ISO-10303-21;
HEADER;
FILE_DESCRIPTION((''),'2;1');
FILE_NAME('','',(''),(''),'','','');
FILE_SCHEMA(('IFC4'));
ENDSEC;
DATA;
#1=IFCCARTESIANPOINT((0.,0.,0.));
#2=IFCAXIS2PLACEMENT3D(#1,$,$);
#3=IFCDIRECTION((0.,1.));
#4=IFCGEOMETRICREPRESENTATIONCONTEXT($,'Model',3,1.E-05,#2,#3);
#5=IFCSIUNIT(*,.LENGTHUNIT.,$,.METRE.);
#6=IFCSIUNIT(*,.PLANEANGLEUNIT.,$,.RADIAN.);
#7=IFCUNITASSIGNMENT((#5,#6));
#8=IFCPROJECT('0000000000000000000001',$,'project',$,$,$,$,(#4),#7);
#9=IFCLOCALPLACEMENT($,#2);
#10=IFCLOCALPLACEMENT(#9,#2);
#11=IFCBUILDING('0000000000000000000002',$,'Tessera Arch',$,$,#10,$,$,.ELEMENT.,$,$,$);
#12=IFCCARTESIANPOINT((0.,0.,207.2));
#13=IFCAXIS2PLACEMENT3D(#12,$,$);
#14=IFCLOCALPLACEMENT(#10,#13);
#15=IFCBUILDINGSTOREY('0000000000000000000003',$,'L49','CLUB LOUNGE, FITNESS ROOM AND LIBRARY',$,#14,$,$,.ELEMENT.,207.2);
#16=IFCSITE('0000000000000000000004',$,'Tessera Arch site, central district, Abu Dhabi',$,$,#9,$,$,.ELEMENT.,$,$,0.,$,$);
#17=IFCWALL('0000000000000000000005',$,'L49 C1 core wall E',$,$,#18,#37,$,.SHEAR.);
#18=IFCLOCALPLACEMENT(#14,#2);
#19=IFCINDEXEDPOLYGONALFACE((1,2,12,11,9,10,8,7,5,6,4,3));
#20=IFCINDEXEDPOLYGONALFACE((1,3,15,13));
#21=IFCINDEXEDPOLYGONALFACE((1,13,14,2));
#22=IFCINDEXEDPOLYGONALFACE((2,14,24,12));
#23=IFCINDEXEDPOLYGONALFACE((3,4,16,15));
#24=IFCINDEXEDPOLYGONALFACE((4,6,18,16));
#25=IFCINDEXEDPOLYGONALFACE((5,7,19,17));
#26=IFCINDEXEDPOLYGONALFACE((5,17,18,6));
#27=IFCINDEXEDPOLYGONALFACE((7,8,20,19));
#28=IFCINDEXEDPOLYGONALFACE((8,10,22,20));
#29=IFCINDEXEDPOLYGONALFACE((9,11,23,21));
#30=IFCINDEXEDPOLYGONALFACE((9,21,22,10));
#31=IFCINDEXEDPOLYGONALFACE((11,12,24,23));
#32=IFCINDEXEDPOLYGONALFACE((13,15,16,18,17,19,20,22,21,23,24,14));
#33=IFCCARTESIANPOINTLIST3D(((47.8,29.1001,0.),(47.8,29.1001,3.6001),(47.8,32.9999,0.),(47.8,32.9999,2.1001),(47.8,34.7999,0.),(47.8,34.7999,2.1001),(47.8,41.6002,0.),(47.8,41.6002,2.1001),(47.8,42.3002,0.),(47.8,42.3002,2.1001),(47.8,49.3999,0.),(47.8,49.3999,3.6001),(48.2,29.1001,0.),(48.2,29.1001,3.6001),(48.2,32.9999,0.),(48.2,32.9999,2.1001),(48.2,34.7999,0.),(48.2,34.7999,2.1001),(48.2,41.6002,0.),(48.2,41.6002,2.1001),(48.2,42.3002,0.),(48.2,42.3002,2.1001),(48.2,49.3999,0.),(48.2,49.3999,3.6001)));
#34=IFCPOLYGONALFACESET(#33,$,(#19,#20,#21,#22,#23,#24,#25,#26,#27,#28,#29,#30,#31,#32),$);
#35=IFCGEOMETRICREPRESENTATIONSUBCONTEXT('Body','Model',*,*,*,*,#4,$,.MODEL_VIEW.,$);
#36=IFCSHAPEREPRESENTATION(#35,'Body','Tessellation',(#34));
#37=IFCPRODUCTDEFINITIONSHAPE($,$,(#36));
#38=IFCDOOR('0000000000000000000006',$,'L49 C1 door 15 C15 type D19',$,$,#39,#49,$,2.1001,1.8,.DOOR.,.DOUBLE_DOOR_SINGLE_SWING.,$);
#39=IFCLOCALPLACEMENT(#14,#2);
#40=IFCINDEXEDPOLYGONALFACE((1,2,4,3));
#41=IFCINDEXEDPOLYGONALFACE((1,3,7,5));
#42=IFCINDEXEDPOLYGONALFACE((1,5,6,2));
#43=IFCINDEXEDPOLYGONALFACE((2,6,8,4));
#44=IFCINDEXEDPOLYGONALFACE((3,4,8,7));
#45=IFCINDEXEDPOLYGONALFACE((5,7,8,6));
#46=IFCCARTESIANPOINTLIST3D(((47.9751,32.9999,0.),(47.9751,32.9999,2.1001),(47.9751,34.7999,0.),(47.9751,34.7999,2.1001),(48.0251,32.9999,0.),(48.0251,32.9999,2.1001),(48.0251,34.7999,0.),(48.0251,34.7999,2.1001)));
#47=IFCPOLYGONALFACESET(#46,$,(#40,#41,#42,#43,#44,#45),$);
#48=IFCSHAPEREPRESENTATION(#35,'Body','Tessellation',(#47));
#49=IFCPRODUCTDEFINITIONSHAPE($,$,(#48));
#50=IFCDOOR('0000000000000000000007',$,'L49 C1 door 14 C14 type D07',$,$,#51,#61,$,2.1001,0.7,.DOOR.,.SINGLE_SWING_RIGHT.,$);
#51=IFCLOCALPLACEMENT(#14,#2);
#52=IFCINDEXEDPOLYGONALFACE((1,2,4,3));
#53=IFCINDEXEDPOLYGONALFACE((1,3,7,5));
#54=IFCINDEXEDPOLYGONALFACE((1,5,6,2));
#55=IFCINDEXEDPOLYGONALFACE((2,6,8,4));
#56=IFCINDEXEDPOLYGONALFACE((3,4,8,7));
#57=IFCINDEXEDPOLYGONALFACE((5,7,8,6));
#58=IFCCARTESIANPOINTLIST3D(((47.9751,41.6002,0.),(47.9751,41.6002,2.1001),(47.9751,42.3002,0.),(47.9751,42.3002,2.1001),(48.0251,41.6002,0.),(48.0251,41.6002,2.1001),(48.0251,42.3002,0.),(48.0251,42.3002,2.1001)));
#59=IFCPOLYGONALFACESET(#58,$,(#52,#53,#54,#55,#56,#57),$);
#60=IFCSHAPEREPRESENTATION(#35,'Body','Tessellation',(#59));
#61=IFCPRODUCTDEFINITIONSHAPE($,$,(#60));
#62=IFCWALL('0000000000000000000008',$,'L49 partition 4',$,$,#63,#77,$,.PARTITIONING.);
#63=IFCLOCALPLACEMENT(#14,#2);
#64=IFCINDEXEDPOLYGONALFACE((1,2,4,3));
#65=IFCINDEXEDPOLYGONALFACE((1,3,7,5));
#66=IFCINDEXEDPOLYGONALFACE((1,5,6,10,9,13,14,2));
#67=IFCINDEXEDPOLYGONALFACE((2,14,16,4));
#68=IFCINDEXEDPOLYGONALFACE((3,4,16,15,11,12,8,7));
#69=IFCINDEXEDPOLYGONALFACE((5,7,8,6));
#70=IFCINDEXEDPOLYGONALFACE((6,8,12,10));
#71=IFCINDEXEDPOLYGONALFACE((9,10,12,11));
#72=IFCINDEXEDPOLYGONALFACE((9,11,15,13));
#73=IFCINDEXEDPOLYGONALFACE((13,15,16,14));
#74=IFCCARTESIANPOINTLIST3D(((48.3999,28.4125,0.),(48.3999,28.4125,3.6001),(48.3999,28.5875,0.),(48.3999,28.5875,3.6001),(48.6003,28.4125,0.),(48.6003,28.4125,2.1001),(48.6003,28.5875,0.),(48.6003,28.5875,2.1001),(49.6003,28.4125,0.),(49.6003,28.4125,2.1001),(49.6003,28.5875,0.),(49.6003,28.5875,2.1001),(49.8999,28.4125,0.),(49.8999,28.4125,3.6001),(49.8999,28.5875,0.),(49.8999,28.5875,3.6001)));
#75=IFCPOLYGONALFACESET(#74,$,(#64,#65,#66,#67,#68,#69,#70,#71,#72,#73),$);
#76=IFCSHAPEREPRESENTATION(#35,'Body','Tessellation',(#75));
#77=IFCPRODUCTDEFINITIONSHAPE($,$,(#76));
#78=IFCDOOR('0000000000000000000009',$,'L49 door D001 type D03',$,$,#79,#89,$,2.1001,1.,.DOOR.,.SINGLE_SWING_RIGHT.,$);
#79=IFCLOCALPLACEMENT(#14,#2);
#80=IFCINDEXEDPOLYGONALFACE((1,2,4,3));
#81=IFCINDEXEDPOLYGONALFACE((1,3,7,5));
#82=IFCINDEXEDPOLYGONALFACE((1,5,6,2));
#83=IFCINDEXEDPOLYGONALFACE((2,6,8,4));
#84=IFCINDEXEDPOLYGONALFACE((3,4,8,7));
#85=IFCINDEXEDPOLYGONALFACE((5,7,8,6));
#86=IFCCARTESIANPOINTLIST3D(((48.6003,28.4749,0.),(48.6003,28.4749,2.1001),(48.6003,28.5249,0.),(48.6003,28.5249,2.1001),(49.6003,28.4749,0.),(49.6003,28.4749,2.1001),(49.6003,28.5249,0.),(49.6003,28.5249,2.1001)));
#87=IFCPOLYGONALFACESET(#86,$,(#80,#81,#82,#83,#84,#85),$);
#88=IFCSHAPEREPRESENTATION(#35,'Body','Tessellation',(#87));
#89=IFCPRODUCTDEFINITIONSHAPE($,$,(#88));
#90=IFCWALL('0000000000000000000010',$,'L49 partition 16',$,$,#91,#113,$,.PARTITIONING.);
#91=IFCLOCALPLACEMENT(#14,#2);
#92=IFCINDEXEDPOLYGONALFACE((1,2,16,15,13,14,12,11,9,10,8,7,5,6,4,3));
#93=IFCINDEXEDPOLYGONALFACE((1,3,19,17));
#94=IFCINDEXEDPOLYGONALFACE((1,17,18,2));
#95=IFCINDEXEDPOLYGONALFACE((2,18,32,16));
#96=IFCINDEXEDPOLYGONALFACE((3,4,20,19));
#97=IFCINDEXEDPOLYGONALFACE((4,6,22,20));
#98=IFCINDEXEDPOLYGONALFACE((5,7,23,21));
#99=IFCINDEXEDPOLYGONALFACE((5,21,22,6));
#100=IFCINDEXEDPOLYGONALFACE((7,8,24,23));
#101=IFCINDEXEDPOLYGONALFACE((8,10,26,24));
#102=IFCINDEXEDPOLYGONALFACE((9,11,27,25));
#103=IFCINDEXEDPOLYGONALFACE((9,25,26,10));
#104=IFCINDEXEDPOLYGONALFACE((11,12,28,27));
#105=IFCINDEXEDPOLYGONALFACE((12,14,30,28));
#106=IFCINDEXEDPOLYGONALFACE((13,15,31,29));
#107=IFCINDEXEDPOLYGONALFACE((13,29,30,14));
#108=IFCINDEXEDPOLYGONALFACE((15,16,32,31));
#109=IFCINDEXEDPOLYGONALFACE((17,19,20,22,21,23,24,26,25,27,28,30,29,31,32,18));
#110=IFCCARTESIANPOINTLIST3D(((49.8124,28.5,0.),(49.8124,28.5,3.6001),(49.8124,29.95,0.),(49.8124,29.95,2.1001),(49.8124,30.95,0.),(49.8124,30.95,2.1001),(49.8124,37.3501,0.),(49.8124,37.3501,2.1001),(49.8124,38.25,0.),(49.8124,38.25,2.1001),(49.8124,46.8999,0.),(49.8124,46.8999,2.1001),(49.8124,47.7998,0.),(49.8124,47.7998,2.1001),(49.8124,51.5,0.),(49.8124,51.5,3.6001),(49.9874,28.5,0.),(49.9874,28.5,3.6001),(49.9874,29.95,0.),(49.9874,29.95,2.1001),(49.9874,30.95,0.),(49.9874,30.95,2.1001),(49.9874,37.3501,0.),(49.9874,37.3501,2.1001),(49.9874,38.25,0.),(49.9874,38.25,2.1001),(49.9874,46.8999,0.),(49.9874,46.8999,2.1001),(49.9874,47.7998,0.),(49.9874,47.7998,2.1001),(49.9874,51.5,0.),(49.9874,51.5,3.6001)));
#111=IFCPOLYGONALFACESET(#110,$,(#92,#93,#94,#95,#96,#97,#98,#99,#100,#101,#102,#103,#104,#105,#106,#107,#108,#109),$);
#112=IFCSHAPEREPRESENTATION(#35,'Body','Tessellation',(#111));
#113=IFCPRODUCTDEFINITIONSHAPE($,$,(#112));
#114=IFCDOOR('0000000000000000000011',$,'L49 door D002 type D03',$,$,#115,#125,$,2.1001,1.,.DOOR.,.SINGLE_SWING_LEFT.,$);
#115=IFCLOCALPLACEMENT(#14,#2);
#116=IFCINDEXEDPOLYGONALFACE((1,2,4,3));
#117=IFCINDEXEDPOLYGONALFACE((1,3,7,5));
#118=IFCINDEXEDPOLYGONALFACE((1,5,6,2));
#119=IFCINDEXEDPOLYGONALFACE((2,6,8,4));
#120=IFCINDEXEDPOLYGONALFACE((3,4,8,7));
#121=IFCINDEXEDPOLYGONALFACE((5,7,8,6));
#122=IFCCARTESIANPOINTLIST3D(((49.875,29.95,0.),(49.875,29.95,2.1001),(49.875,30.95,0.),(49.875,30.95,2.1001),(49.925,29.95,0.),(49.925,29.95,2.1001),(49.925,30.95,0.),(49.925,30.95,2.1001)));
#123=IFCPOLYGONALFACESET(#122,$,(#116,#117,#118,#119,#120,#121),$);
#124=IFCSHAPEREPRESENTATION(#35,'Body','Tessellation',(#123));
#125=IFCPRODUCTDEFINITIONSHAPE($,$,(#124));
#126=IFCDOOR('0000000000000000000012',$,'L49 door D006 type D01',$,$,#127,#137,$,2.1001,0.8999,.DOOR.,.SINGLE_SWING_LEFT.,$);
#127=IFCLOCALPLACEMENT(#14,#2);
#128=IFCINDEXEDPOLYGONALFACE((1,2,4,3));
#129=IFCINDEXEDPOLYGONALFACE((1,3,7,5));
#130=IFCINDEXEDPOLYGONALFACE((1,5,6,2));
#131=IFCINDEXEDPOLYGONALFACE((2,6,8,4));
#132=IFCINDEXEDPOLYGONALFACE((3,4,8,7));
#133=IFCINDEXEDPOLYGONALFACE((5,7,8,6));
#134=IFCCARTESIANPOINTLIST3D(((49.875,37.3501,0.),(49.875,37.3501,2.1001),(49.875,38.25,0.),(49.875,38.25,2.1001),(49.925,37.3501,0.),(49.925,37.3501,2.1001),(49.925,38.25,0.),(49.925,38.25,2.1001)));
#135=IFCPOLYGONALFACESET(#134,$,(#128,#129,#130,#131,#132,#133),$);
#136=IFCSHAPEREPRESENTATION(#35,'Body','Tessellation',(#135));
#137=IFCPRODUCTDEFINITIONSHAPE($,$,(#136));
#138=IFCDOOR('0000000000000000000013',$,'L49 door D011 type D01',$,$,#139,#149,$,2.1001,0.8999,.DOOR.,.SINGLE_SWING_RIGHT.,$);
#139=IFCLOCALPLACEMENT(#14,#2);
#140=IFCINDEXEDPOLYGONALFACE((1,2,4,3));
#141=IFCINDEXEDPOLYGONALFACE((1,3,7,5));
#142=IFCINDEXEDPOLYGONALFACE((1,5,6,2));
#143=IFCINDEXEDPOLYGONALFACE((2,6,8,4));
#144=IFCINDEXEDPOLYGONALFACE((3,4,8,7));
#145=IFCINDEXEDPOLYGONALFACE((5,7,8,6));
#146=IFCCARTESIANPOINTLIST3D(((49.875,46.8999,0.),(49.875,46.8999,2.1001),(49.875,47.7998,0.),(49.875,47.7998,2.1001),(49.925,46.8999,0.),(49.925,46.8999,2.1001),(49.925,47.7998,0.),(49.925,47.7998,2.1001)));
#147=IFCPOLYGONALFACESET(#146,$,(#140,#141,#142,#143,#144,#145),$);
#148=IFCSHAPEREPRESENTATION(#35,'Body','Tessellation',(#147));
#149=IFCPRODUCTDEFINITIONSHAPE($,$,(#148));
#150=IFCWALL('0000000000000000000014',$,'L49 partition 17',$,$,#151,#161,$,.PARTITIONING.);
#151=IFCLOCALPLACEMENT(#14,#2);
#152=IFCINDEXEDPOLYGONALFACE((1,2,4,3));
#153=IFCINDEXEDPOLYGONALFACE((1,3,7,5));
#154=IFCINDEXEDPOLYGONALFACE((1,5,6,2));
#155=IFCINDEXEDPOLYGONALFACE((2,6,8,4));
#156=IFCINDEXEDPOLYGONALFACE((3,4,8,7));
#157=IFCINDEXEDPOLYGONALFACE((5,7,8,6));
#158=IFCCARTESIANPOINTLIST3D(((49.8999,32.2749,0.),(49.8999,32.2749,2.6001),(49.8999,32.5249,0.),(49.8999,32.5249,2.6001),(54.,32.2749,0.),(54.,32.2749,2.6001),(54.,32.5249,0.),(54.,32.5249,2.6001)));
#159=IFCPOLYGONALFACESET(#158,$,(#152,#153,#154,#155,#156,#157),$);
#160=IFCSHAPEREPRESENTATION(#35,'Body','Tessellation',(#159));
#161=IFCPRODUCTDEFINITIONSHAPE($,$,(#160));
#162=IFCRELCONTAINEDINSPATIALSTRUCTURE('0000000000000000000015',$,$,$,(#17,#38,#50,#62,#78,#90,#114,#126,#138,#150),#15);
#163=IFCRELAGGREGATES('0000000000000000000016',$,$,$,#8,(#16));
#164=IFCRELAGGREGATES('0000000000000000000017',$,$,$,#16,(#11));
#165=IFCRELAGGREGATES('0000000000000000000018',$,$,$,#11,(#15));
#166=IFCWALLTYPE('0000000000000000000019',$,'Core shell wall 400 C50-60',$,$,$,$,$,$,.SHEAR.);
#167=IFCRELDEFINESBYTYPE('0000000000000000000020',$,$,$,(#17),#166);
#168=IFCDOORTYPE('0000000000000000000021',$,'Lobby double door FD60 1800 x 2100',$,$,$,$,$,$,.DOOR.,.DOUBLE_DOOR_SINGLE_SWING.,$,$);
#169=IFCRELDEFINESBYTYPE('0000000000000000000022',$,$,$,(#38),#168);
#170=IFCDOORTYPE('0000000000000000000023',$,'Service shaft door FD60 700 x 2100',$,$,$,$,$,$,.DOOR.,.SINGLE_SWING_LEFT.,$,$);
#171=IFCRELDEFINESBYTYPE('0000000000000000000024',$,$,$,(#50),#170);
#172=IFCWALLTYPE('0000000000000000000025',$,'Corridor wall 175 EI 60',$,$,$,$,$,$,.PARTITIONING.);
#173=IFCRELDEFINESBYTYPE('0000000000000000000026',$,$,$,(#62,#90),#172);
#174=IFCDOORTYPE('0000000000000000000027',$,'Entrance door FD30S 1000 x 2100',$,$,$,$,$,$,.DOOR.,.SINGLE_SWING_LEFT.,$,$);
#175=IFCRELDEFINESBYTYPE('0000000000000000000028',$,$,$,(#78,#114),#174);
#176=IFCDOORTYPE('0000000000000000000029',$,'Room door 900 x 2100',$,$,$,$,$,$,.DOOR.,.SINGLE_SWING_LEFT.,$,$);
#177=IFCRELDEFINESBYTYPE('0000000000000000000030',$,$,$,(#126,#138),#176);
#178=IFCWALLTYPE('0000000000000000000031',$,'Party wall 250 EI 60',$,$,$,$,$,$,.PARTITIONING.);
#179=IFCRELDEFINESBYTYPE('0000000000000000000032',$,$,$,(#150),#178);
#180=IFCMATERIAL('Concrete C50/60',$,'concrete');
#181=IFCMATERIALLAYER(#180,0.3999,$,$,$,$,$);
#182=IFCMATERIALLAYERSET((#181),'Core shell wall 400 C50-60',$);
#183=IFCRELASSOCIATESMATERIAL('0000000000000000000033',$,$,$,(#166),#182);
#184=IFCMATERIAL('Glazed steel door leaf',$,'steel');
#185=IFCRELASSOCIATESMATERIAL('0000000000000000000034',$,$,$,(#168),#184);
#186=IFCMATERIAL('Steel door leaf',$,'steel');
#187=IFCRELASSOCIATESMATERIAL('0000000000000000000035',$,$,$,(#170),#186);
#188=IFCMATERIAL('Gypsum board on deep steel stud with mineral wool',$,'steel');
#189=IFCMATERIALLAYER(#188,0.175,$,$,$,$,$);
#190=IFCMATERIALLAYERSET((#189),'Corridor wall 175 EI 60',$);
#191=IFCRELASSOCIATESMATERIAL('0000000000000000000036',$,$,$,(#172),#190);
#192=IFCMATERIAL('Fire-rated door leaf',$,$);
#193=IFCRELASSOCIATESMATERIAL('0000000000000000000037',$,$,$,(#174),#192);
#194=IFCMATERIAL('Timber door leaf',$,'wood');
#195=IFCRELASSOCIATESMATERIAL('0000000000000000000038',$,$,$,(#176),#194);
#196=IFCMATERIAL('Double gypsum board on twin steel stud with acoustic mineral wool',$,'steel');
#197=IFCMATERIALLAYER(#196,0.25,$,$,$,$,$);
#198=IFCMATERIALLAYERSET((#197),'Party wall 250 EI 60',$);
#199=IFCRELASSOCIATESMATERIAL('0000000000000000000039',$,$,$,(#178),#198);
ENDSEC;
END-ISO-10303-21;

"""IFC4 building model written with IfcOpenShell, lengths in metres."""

from ifc_helpers import new_model, si_unit, direction, frame, frame_2d, origin, place, context, subcontext, project, spatial, rectangle, extrude, material, layer, layer_set, type_object, element, fill, save


model = new_model("IFC4")

# Units and contexts
model_context = context("Model", 3, precision=1e-05, world=origin(), true_north=direction((0.0, 1.0)))
body_context = subcontext(model_context, "Body", "Model", "MODEL_VIEW")
ifc_project = project(units=[si_unit("LENGTHUNIT", "METRE"), si_unit("PLANEANGLEUNIT", "RADIAN")], contexts=[model_context])

# Site, building, storey
site_placement = place(None, origin())
site = spatial("IfcSite", under=ifc_project, at=site_placement, Name="Tessera Arch site, central district, Abu Dhabi", CompositionType="ELEMENT", RefElevation=0.0)
building_placement = place(site_placement, origin())
building = spatial("IfcBuilding", under=site, at=building_placement, Name="Tessera Arch", CompositionType="ELEMENT")
storey_placement = place(building_placement, frame((0.0, 0.0, 207.2)))
storey = spatial("IfcBuildingStorey", under=building, at=storey_placement, Name="L49", Description="CLUB LOUNGE, FITNESS ROOM AND LIBRARY", CompositionType="ELEMENT", Elevation=207.2)

# Wall, openings, doors
ifc_material_1 = material(Name="Concrete C50/60", Category="concrete")
ifc_layer_1 = layer(ifc_material_1, 0.3999)
ifc_layer_set_1 = layer_set([ifc_layer_1], Name="Core shell wall 400 C50-60")
wall_type_1 = type_object("IfcWallType", Name="Core shell wall 400 C50-60", PredefinedType="SHEAR", material=ifc_layer_set_1)
wall_1_placement = place(storey_placement, frame((48.0, 29.1001, 0.0), z_axis=(0.0, 0.0, 1.0), x_axis=(0.0, 1.0, 0.0)))
wall_1 = element("IfcWall", 1, at=wall_1_placement, inside=storey, type_object=wall_type_1, Name="L49 C1 core wall E", PredefinedType="SHEAR", context=body_context, shape_type="SweptSolid", body=[
    extrude(rectangle(XDim=20.2998, YDim=0.3999, at=frame_2d((10.1499, 0.0))), origin(), (0.0, 0.0, 1.0), 3.6001),
])
opening_1_placement = place(wall_1_placement, frame((12.5, 0.0, 0.0)))
opening_1 = element("IfcOpeningElement", 2, at=opening_1_placement, cuts=wall_1, PredefinedType="OPENING", context=body_context, shape_type="SweptSolid", body=[
    extrude(rectangle(XDim=0.7, YDim=2.1001, at=frame_2d((0.3501, 1.05))), frame((0.0, 0.21, 0.0), z_axis=(0.0, -1.0, 0.0), x_axis=(1.0, 0.0, 0.0)), (0.0, 0.0, 1.0), 0.4199),
])
opening_2_placement = place(wall_1_placement, frame((3.8999, 0.0, 0.0)))
opening_2 = element("IfcOpeningElement", 3, at=opening_2_placement, cuts=wall_1, PredefinedType="OPENING", context=body_context, shape_type="SweptSolid", body=[
    extrude(rectangle(XDim=1.8, YDim=2.1001, at=frame_2d((0.8999, 1.05))), frame((0.0, 0.21, 0.0), z_axis=(0.0, -1.0, 0.0), x_axis=(1.0, 0.0, 0.0)), (0.0, 0.0, 1.0), 0.4199),
])
ifc_material_2 = material(Name="Glazed steel door leaf", Category="steel")
door_type_1 = type_object("IfcDoorType", Name="Lobby double door FD60 1800 x 2100", OperationType="DOUBLE_DOOR_SINGLE_SWING", PredefinedType="DOOR", material=ifc_material_2)
door_1_placement = place(opening_2_placement, origin())
door_1 = element("IfcDoor", 4, at=door_1_placement, inside=storey, type_object=door_type_1, Name="L49 C1 door 15 C15 type D19", OperationType="DOUBLE_DOOR_SINGLE_SWING", OverallHeight=2.1001, OverallWidth=1.8, PredefinedType="DOOR", context=body_context, shape_type="SweptSolid", body=[
    extrude(rectangle(XDim=1.8, YDim=2.1001, at=frame_2d((0.8999, 1.05))), frame((0.0, 0.0249, 0.0), z_axis=(0.0, -1.0, 0.0), x_axis=(1.0, 0.0, 0.0)), (0.0, 0.0, 1.0), 0.05),
])
fill(opening_2, door_1)
ifc_material_3 = material(Name="Steel door leaf", Category="steel")
door_type_2 = type_object("IfcDoorType", Name="Service shaft door FD60 700 x 2100", OperationType="SINGLE_SWING_LEFT", PredefinedType="DOOR", material=ifc_material_3)
door_2_placement = place(opening_1_placement, origin())
door_2 = element("IfcDoor", 5, at=door_2_placement, inside=storey, type_object=door_type_2, Name="L49 C1 door 14 C14 type D07", OperationType="SINGLE_SWING_RIGHT", OverallHeight=2.1001, OverallWidth=0.7, PredefinedType="DOOR", context=body_context, shape_type="SweptSolid", body=[
    extrude(rectangle(XDim=0.7, YDim=2.1001, at=frame_2d((0.3501, 1.05))), frame((0.0, 0.0249, 0.0), z_axis=(0.0, -1.0, 0.0), x_axis=(1.0, 0.0, 0.0)), (0.0, 0.0, 1.0), 0.05),
])
fill(opening_1, door_2)

# Wall, opening, door
ifc_material_4 = material(Name="Gypsum board on deep steel stud with mineral wool", Category="steel")
ifc_layer_2 = layer(ifc_material_4, 0.175)
ifc_layer_set_2 = layer_set([ifc_layer_2], Name="Corridor wall 175 EI 60")
wall_type_2 = type_object("IfcWallType", Name="Corridor wall 175 EI 60", PredefinedType="PARTITIONING", material=ifc_layer_set_2)
wall_2_placement = place(storey_placement, frame((48.3999, 28.5, 0.0), z_axis=(0.0, 0.0, 1.0), x_axis=(1.0, 0.0, 0.0)))
wall_2 = element("IfcWall", 6, at=wall_2_placement, inside=storey, type_object=wall_type_2, Name="L49 partition 4", PredefinedType="PARTITIONING", context=body_context, shape_type="SweptSolid", body=[
    extrude(rectangle(XDim=1.5, YDim=0.175, at=frame_2d((0.75, 0.0))), origin(), (0.0, 0.0, 1.0), 3.6001),
])
opening_3_placement = place(wall_2_placement, frame((0.2004, 0.0, 0.0)))
opening_3 = element("IfcOpeningElement", 7, at=opening_3_placement, cuts=wall_2, PredefinedType="OPENING", context=body_context, shape_type="SweptSolid", body=[
    extrude(rectangle(XDim=1.0, YDim=2.1001, at=frame_2d((0.5, 1.05))), frame((0.0, 0.0974, 0.0), z_axis=(0.0, -1.0, 0.0), x_axis=(1.0, 0.0, 0.0)), (0.0, 0.0, 1.0), 0.1951),
])
ifc_material_5 = material(Name="Fire-rated door leaf")
door_type_3 = type_object("IfcDoorType", Name="Entrance door FD30S 1000 x 2100", OperationType="SINGLE_SWING_LEFT", PredefinedType="DOOR", material=ifc_material_5)
door_3_placement = place(opening_3_placement, origin())
door_3 = element("IfcDoor", 8, at=door_3_placement, inside=storey, type_object=door_type_3, Name="L49 door D001 type D03", OperationType="SINGLE_SWING_RIGHT", OverallHeight=2.1001, OverallWidth=1.0, PredefinedType="DOOR", context=body_context, shape_type="SweptSolid", body=[
    extrude(rectangle(XDim=1.0, YDim=2.1001, at=frame_2d((0.5, 1.05))), frame((0.0, 0.0249, 0.0), z_axis=(0.0, -1.0, 0.0), x_axis=(1.0, 0.0, 0.0)), (0.0, 0.0, 1.0), 0.05),
])
fill(opening_3, door_3)

# Wall, openings, doors
wall_3_placement = place(storey_placement, frame((49.8999, 28.5, 0.0), z_axis=(0.0, 0.0, 1.0), x_axis=(0.0, 1.0, 0.0)))
wall_3 = element("IfcWall", 9, at=wall_3_placement, inside=storey, type_object=wall_type_2, Name="L49 partition 16", PredefinedType="PARTITIONING", context=body_context, shape_type="SweptSolid", body=[
    extrude(rectangle(XDim=23.0, YDim=0.175, at=frame_2d((11.5, 0.0))), origin(), (0.0, 0.0, 1.0), 3.6001),
])
opening_4_placement = place(wall_3_placement, frame((1.45, 0.0, 0.0)))
opening_4 = element("IfcOpeningElement", 10, at=opening_4_placement, cuts=wall_3, PredefinedType="OPENING", context=body_context, shape_type="SweptSolid", body=[
    extrude(rectangle(XDim=1.0, YDim=2.1001, at=frame_2d((0.5, 1.05))), frame((0.0, 0.0974, 0.0), z_axis=(0.0, -1.0, 0.0), x_axis=(1.0, 0.0, 0.0)), (0.0, 0.0, 1.0), 0.1951),
])
opening_5_placement = place(wall_3_placement, frame((8.8501, 0.0, 0.0)))
opening_5 = element("IfcOpeningElement", 11, at=opening_5_placement, cuts=wall_3, PredefinedType="OPENING", context=body_context, shape_type="SweptSolid", body=[
    extrude(rectangle(XDim=0.8999, YDim=2.1001, at=frame_2d((0.45, 1.05))), frame((0.0, 0.0974, 0.0), z_axis=(0.0, -1.0, 0.0), x_axis=(1.0, 0.0, 0.0)), (0.0, 0.0, 1.0), 0.1951),
])
opening_6_placement = place(wall_3_placement, frame((18.3999, 0.0, 0.0)))
opening_6 = element("IfcOpeningElement", 12, at=opening_6_placement, cuts=wall_3, PredefinedType="OPENING", context=body_context, shape_type="SweptSolid", body=[
    extrude(rectangle(XDim=0.8999, YDim=2.1001, at=frame_2d((0.45, 1.05))), frame((0.0, 0.0974, 0.0), z_axis=(0.0, -1.0, 0.0), x_axis=(1.0, 0.0, 0.0)), (0.0, 0.0, 1.0), 0.1951),
])
door_4_placement = place(opening_4_placement, origin())
door_4 = element("IfcDoor", 13, at=door_4_placement, inside=storey, type_object=door_type_3, Name="L49 door D002 type D03", OperationType="SINGLE_SWING_LEFT", OverallHeight=2.1001, OverallWidth=1.0, PredefinedType="DOOR", context=body_context, shape_type="SweptSolid", body=[
    extrude(rectangle(XDim=1.0, YDim=2.1001, at=frame_2d((0.5, 1.05))), frame((0.0, 0.0249, 0.0), z_axis=(0.0, -1.0, 0.0), x_axis=(1.0, 0.0, 0.0)), (0.0, 0.0, 1.0), 0.05),
])
fill(opening_4, door_4)
ifc_material_6 = material(Name="Timber door leaf", Category="wood")
door_type_4 = type_object("IfcDoorType", Name="Room door 900 x 2100", OperationType="SINGLE_SWING_LEFT", PredefinedType="DOOR", material=ifc_material_6)
door_5_placement = place(opening_5_placement, origin())
door_5 = element("IfcDoor", 14, at=door_5_placement, inside=storey, type_object=door_type_4, Name="L49 door D006 type D01", OperationType="SINGLE_SWING_LEFT", OverallHeight=2.1001, OverallWidth=0.8999, PredefinedType="DOOR", context=body_context, shape_type="SweptSolid", body=[
    extrude(rectangle(XDim=0.8999, YDim=2.1001, at=frame_2d((0.45, 1.05))), frame((0.0, 0.0249, 0.0), z_axis=(0.0, -1.0, 0.0), x_axis=(1.0, 0.0, 0.0)), (0.0, 0.0, 1.0), 0.05),
])
fill(opening_5, door_5)
door_6_placement = place(opening_6_placement, origin())
door_6 = element("IfcDoor", 15, at=door_6_placement, inside=storey, type_object=door_type_4, Name="L49 door D011 type D01", OperationType="SINGLE_SWING_RIGHT", OverallHeight=2.1001, OverallWidth=0.8999, PredefinedType="DOOR", context=body_context, shape_type="SweptSolid", body=[
    extrude(rectangle(XDim=0.8999, YDim=2.1001, at=frame_2d((0.45, 1.05))), frame((0.0, 0.0249, 0.0), z_axis=(0.0, -1.0, 0.0), x_axis=(1.0, 0.0, 0.0)), (0.0, 0.0, 1.0), 0.05),
])
fill(opening_6, door_6)

# Wall
ifc_material_7 = material(Name="Double gypsum board on twin steel stud with acoustic mineral wool", Category="steel")
ifc_layer_3 = layer(ifc_material_7, 0.25)
ifc_layer_set_3 = layer_set([ifc_layer_3], Name="Party wall 250 EI 60")
wall_type_3 = type_object("IfcWallType", Name="Party wall 250 EI 60", PredefinedType="PARTITIONING", material=ifc_layer_set_3)
wall_4_placement = place(storey_placement, frame((49.8999, 32.3999, 0.0), z_axis=(0.0, 0.0, 1.0), x_axis=(1.0, 0.0, 0.0)))
element("IfcWall", 16, at=wall_4_placement, inside=storey, type_object=wall_type_3, Name="L49 partition 17", PredefinedType="PARTITIONING", context=body_context, shape_type="SweptSolid", body=[
    extrude(rectangle(XDim=4.1001, YDim=0.25, at=frame_2d((2.05, 0.0))), origin(), (0.0, 0.0, 1.0), 2.6001),
])

save(model, "model.ifc")
